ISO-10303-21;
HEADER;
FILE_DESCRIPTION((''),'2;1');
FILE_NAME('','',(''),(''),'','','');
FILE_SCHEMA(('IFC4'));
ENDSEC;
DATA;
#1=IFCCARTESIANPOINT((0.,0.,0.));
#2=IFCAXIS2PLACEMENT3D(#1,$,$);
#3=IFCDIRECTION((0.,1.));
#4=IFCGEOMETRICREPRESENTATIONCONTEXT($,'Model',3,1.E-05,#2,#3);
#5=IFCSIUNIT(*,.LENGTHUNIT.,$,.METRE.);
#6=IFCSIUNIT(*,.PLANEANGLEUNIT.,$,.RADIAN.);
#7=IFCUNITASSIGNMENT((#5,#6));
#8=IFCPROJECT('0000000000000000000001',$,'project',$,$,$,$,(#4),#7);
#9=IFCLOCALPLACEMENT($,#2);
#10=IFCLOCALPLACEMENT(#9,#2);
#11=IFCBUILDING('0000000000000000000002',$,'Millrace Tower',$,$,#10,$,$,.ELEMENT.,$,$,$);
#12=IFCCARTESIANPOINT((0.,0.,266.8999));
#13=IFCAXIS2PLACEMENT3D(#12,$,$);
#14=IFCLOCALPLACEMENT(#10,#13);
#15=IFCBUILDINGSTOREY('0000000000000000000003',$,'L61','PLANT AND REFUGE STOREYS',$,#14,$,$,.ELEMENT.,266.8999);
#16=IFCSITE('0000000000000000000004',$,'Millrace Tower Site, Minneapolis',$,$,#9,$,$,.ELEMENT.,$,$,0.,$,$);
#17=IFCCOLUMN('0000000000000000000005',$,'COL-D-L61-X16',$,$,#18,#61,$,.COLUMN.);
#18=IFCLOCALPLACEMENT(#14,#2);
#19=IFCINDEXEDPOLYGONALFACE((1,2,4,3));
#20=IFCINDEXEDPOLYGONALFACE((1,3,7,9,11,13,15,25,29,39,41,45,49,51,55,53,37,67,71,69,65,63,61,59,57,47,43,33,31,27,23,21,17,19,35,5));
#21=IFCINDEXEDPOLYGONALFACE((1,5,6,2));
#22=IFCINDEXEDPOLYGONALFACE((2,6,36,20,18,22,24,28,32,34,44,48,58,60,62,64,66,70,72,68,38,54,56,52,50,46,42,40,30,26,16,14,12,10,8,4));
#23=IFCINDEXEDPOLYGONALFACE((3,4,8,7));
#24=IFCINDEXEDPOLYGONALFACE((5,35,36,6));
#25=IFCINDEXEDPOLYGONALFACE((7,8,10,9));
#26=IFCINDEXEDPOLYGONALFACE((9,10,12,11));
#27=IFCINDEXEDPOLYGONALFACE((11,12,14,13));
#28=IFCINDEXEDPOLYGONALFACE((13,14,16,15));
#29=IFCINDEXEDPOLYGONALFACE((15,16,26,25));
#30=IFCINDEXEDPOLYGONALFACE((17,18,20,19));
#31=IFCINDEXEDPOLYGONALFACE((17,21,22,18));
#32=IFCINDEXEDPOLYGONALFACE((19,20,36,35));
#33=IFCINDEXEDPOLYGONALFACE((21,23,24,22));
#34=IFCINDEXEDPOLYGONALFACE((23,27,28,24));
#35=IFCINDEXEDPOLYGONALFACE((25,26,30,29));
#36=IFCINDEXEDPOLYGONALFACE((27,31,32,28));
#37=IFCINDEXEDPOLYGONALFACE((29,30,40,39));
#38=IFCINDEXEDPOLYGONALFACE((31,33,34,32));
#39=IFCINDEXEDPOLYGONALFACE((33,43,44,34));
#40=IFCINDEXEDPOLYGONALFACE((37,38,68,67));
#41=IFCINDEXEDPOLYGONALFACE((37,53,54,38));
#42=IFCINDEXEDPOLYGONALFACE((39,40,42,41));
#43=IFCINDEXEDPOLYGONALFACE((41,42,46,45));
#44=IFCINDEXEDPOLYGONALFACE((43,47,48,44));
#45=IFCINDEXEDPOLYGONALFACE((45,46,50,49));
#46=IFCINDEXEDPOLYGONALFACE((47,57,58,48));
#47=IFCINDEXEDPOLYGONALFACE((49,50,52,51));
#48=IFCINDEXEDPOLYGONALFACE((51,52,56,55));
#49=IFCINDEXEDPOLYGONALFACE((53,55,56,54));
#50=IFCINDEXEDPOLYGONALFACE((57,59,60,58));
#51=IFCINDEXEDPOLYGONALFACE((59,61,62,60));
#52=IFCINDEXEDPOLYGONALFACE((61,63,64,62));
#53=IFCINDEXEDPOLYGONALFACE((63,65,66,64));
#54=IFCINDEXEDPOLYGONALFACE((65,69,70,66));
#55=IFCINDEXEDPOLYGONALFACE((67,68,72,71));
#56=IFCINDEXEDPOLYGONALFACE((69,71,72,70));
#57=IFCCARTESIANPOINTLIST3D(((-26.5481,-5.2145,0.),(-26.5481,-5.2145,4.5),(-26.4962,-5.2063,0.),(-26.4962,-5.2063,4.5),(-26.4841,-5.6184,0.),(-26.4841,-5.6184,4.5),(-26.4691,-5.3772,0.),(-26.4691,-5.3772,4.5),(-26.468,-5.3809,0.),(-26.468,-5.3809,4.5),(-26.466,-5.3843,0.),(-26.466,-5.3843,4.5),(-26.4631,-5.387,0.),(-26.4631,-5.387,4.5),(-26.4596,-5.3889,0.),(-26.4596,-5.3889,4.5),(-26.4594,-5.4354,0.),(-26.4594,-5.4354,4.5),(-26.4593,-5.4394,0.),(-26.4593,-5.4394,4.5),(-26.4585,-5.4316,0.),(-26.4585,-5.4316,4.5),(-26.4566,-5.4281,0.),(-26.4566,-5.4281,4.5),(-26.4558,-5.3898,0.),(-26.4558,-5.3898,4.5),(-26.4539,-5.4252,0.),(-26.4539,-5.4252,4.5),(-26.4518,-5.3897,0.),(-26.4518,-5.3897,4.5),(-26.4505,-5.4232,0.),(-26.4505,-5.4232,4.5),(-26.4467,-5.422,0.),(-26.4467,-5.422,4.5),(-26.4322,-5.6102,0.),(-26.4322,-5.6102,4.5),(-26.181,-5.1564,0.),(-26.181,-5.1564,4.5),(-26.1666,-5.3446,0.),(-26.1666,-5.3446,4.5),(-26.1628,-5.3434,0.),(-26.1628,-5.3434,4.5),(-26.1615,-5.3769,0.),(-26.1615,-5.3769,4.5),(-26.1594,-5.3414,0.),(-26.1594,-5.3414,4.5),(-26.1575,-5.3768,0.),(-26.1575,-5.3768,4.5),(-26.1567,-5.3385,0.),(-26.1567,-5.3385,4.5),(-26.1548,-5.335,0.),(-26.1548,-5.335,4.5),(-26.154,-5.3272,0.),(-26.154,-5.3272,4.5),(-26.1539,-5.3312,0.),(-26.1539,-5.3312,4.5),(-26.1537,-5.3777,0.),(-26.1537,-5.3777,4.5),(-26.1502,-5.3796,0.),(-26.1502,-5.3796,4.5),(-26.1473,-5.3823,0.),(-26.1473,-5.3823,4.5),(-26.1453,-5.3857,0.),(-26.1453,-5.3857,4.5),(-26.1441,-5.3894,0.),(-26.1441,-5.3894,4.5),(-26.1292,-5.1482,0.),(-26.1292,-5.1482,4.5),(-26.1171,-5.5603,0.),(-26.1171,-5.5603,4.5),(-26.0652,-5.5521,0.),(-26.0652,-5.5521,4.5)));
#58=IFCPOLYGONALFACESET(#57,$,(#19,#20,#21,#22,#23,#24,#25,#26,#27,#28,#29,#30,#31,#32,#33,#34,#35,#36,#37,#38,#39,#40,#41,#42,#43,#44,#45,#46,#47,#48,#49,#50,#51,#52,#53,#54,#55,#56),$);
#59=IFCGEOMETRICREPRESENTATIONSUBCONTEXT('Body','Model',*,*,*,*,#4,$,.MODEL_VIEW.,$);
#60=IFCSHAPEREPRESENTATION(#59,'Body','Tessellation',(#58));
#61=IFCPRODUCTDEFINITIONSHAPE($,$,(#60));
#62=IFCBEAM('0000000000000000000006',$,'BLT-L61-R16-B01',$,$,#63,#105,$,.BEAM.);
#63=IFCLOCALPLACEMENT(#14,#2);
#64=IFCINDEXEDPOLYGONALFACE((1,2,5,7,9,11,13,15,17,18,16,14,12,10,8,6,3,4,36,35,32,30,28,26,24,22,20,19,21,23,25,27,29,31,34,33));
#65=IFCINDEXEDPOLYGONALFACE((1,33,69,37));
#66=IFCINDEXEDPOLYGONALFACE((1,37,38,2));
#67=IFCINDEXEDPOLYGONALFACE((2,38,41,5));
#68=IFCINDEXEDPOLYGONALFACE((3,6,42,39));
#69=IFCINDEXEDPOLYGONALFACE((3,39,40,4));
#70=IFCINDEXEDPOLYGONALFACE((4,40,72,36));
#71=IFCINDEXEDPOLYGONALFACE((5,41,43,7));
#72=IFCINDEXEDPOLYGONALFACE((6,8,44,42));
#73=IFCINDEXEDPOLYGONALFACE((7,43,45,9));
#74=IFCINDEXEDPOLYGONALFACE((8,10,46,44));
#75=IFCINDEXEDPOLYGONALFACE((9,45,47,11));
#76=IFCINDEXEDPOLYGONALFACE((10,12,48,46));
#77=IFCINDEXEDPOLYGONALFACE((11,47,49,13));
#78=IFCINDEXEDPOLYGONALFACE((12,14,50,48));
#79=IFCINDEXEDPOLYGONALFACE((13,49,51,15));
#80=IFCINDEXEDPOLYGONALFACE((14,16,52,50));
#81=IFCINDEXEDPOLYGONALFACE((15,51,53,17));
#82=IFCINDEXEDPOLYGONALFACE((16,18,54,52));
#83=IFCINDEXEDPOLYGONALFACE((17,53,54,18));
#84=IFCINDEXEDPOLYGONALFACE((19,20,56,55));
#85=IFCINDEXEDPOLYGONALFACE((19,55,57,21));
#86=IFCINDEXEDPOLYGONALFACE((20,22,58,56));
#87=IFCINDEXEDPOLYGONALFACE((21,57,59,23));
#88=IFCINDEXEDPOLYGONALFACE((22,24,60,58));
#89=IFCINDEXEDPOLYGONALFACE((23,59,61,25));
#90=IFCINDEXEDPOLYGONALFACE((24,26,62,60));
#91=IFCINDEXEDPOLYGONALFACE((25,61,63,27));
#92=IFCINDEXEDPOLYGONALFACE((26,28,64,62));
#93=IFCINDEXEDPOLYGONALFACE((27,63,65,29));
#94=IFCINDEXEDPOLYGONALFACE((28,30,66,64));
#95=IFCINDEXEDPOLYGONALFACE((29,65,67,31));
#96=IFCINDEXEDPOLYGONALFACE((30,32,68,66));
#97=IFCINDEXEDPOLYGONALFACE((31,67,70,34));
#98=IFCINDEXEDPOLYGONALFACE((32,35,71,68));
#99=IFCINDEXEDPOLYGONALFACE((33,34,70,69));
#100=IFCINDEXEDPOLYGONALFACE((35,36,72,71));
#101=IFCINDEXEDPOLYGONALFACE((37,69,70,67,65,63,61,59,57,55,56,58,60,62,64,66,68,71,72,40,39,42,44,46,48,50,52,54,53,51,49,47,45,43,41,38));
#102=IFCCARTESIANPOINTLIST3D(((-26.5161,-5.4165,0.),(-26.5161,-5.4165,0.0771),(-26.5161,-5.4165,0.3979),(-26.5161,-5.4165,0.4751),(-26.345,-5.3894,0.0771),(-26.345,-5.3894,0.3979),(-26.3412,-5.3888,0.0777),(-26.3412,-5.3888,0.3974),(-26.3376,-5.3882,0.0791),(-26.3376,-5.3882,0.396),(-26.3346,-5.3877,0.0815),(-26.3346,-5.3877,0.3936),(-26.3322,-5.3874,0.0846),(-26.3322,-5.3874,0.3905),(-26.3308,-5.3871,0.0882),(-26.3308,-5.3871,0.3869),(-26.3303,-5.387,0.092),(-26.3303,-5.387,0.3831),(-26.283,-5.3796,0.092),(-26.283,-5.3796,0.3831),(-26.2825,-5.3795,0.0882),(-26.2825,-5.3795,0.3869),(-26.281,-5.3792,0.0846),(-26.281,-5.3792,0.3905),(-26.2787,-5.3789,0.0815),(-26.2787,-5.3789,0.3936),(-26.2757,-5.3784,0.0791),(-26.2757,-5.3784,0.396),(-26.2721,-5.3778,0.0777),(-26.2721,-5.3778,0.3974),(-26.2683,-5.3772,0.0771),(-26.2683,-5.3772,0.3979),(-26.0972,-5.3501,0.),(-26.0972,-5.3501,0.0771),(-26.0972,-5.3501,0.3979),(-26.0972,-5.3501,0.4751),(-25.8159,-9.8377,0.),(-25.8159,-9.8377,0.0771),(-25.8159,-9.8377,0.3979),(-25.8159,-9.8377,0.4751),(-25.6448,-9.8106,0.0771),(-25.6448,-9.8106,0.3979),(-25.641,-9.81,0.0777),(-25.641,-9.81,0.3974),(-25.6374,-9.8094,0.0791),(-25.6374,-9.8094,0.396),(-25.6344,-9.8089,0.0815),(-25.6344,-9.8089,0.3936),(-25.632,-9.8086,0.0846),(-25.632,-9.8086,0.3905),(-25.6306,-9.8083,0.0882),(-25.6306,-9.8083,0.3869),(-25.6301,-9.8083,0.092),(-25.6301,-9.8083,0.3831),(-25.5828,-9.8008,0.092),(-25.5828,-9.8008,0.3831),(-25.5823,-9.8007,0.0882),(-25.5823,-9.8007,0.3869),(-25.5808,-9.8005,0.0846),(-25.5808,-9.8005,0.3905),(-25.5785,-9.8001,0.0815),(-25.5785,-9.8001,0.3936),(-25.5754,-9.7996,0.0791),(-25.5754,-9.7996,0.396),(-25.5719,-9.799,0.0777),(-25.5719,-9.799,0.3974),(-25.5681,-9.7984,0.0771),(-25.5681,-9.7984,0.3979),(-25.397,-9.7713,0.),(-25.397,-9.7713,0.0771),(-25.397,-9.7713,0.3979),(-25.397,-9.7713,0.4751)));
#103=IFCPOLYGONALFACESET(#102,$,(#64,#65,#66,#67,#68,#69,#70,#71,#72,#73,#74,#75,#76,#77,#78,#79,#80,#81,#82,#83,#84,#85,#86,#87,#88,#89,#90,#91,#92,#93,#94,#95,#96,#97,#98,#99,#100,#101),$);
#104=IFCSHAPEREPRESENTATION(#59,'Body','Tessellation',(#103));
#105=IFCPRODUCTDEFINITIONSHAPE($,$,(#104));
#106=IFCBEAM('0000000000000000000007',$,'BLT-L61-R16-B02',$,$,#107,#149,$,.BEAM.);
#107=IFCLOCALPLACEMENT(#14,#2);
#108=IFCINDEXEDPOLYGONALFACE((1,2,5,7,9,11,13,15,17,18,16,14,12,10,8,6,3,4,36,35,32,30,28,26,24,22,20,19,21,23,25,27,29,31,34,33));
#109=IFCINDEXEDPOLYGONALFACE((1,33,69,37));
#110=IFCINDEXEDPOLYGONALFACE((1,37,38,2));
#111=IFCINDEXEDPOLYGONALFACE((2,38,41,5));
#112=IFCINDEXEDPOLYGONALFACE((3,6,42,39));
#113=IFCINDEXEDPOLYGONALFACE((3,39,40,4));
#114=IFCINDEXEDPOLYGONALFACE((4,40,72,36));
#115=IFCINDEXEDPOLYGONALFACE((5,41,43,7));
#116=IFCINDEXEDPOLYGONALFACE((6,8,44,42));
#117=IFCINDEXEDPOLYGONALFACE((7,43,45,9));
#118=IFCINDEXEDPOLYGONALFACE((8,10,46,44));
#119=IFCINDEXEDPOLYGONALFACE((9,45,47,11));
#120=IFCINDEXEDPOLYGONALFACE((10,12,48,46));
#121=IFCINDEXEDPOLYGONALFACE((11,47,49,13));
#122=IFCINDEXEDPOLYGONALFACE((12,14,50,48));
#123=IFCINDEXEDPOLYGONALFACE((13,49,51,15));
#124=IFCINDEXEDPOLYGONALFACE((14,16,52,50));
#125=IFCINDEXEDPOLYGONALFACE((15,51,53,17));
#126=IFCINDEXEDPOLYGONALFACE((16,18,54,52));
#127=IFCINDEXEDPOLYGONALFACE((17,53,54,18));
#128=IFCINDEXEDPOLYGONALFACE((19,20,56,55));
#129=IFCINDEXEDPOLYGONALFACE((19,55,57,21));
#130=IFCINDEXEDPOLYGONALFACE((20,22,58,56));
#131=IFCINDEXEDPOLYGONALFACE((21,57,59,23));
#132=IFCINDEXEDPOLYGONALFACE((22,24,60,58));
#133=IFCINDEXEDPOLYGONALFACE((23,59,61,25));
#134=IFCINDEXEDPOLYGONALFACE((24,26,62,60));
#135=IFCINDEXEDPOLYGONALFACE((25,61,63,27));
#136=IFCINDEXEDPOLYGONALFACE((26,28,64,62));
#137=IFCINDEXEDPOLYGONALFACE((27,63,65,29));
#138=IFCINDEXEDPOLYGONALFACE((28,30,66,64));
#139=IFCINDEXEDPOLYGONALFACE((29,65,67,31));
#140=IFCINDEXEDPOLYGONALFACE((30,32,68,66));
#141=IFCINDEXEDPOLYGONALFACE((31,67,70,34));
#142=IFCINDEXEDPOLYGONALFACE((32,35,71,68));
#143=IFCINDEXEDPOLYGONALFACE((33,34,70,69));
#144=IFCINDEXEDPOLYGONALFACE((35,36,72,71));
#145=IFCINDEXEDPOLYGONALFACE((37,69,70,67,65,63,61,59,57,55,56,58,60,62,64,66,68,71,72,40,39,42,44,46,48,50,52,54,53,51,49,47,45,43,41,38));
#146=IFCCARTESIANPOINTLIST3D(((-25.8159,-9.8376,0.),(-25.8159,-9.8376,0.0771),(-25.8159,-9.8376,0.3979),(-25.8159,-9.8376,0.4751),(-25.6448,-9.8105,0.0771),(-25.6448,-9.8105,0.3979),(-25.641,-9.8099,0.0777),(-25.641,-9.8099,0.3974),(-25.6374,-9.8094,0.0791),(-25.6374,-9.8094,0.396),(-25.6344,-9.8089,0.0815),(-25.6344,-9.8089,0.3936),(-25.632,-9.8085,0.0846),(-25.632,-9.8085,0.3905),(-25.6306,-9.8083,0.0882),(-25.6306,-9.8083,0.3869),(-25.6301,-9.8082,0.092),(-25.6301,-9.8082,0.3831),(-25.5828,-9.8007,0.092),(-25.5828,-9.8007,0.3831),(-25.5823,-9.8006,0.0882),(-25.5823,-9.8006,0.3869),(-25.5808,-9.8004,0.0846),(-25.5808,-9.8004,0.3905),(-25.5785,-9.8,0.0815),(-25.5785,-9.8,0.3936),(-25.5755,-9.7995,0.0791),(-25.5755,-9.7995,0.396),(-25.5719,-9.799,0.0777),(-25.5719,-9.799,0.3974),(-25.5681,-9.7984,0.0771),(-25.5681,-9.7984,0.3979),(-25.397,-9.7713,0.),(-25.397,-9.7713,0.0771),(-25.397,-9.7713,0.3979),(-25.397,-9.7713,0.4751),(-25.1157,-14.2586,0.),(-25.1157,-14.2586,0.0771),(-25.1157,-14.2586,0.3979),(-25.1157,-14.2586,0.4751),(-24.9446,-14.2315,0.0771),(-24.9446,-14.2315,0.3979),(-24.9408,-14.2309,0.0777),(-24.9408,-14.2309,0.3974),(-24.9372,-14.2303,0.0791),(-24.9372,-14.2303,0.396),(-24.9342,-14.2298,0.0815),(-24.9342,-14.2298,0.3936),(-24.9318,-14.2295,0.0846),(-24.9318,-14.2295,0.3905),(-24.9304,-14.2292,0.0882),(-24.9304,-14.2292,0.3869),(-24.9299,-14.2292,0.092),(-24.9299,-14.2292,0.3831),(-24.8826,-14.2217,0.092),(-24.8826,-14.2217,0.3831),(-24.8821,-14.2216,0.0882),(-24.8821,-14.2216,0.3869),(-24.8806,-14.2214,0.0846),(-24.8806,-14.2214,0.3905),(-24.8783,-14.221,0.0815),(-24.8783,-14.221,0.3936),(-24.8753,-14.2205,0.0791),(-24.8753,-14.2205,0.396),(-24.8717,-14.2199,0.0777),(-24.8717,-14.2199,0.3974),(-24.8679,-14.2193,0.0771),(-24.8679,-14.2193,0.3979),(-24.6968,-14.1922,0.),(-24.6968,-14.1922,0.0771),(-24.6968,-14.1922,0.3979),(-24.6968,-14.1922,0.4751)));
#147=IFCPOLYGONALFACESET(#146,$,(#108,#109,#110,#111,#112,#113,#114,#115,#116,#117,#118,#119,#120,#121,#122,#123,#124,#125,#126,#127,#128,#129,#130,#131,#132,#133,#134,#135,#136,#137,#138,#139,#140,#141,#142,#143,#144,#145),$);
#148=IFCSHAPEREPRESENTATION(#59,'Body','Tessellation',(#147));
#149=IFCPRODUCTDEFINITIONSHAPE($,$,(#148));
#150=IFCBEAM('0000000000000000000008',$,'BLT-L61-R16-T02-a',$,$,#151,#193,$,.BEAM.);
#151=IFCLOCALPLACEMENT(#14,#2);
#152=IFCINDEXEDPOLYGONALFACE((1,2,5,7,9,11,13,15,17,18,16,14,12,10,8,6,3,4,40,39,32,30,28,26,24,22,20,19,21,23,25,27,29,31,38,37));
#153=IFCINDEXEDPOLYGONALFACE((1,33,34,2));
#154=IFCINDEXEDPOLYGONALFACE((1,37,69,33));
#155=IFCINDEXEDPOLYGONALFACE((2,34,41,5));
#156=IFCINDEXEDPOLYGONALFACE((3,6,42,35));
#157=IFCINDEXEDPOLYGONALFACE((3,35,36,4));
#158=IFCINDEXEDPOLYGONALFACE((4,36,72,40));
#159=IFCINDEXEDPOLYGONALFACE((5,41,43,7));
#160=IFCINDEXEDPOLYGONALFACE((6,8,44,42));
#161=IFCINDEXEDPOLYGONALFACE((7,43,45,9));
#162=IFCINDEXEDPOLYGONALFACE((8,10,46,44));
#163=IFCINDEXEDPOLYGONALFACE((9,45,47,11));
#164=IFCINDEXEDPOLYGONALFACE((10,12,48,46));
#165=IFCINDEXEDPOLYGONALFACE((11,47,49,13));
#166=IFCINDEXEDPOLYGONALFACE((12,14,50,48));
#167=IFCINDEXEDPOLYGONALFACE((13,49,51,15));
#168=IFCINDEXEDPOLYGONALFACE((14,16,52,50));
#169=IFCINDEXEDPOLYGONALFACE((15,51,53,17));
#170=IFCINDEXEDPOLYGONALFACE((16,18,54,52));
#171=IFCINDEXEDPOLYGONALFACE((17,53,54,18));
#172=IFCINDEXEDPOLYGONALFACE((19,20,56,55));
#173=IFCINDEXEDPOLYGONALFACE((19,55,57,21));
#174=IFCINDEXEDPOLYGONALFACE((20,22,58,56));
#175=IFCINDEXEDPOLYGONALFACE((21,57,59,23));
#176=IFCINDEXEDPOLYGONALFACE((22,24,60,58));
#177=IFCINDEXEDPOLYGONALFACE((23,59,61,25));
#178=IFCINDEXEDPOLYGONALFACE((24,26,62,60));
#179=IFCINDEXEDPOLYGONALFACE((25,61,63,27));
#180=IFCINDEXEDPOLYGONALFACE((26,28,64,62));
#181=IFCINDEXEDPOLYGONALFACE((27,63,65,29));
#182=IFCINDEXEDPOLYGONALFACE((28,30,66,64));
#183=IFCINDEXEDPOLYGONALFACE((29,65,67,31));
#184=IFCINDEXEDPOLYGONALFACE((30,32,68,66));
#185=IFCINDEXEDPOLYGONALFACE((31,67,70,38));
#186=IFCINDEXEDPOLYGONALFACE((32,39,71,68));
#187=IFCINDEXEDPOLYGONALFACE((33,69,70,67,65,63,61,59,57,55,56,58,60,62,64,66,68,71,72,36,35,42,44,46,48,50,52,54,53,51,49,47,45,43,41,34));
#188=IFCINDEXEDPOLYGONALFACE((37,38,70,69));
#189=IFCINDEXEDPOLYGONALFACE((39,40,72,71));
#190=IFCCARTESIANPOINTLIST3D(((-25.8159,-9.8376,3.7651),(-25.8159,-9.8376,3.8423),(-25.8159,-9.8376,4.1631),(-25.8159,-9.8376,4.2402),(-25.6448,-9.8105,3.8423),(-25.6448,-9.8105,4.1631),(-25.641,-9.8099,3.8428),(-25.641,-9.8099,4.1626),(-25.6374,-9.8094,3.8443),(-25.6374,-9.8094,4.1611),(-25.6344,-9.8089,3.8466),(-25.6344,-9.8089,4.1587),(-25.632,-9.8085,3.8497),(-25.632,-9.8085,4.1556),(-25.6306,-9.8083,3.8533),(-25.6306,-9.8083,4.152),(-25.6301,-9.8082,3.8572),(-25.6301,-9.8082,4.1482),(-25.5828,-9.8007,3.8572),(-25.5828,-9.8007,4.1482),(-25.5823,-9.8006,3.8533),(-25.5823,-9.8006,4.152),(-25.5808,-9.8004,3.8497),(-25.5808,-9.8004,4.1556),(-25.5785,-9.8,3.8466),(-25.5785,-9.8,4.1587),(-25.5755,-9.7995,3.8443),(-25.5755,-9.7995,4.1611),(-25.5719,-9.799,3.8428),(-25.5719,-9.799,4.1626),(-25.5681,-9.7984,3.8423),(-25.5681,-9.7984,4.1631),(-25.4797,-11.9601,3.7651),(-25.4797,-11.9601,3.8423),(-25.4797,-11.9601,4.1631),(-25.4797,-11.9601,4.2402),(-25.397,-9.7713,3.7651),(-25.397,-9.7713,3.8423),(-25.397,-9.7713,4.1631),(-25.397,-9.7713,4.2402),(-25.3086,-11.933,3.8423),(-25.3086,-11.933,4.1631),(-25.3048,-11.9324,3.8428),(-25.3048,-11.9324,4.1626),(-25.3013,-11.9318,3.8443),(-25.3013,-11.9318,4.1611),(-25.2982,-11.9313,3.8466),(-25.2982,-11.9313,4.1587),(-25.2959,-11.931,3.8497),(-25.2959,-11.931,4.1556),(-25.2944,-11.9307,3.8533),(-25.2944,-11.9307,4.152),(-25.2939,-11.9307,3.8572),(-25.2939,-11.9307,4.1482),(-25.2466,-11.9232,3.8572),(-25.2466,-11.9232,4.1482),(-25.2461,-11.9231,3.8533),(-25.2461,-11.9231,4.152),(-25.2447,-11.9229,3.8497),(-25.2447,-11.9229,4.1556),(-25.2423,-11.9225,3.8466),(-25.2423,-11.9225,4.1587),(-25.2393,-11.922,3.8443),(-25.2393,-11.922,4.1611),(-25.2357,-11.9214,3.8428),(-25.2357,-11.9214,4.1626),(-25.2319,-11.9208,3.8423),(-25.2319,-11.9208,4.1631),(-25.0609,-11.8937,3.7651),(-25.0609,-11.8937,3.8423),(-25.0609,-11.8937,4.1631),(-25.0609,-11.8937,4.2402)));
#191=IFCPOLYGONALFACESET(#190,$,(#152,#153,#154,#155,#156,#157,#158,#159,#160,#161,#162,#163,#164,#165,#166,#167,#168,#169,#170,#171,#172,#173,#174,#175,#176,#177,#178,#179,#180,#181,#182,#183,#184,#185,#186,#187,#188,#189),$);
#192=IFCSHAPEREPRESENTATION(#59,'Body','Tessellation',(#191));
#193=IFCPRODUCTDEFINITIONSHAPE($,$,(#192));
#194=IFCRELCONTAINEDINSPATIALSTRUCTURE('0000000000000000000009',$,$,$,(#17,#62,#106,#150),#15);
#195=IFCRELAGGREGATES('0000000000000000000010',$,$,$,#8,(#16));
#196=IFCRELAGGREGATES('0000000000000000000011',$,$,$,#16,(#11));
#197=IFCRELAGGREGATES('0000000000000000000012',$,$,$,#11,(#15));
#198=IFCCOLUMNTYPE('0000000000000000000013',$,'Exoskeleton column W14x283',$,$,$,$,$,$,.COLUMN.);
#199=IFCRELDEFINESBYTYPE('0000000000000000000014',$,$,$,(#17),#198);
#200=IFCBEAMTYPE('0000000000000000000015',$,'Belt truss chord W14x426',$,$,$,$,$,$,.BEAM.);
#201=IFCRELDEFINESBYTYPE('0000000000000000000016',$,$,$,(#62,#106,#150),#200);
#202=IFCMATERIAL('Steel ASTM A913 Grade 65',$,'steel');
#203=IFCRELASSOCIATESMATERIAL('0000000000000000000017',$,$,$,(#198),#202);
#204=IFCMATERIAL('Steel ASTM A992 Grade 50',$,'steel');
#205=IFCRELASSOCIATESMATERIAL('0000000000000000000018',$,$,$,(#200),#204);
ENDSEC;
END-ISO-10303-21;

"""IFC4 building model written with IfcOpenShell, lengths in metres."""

from ifc_helpers import new_model, si_unit, direction, frame, origin, origin_2d, place, context, subcontext, project, spatial, i_section, extrude, material, material_profile, profile_set, type_object, element, save


model = new_model("IFC4")

# Units and contexts
model_context = context("Model", 3, precision=1e-05, world=origin(), true_north=direction((0.0, 1.0)))
body_context = subcontext(model_context, "Body", "Model", "MODEL_VIEW")
ifc_project = project(units=[si_unit("LENGTHUNIT", "METRE"), si_unit("PLANEANGLEUNIT", "RADIAN")], contexts=[model_context])

# Site, building, storey
site_placement = place(None, origin())
site = spatial("IfcSite", under=ifc_project, at=site_placement, Name="Millrace Tower Site, Minneapolis", CompositionType="ELEMENT", RefElevation=0.0)
building_placement = place(site_placement, origin())
building = spatial("IfcBuilding", under=site, at=building_placement, Name="Millrace Tower", CompositionType="ELEMENT")
storey_placement = place(building_placement, frame((0.0, 0.0, 266.8999)))
storey = spatial("IfcBuildingStorey", under=building, at=storey_placement, Name="L61", Description="PLANT AND REFUGE STOREYS", CompositionType="ELEMENT", Elevation=266.8999)

# Column
ifc_material_1 = material(Name="Steel ASTM A913 Grade 65", Category="steel")
ifc_material_profile_1 = material_profile(ifc_material_1, i_section(OverallWidth=0.4089, OverallDepth=0.4241, WebThickness=0.0327, FlangeThickness=0.0525, FilletRadius=0.0151, at=origin_2d()))
ifc_profile_set_1 = profile_set([ifc_material_profile_1], Name="Steel ASTM A913 Grade 65")
column_type = type_object("IfcColumnType", Name="Exoskeleton column W14x283", PredefinedType="COLUMN", material=ifc_profile_set_1)
column_placement = place(storey_placement, frame((-26.3066, -5.3833, 0.0), z_axis=(0.0, 0.0, 1.0), x_axis=(0.156434, -0.987688, 0.0)))
element("IfcColumn", 1, at=column_placement, inside=storey, type_object=column_type, Name="COL-D-L61-X16", PredefinedType="COLUMN", context=body_context, shape_type="SweptSolid", body=[
    extrude(i_section(OverallWidth=0.4089, OverallDepth=0.4241, WebThickness=0.0327, FlangeThickness=0.0525, FilletRadius=0.0151, at=origin_2d()), origin(), (0.0, 0.0, 1.0), 4.5),
])

# Beams
ifc_material_2 = material(Name="Steel ASTM A992 Grade 50", Category="steel")
ifc_material_profile_2 = material_profile(ifc_material_2, i_section(OverallWidth=0.4241, OverallDepth=0.4751, WebThickness=0.0479, FlangeThickness=0.0771, FilletRadius=0.0149, at=origin_2d()))
ifc_profile_set_2 = profile_set([ifc_material_profile_2], Name="Steel ASTM A992 Grade 50")
beam_type_1 = type_object("IfcBeamType", Name="Belt truss chord W14x426", PredefinedType="BEAM", material=ifc_profile_set_2)
beam_1_placement = place(storey_placement, frame((-26.3066, -5.3833, 0.2375), z_axis=(0.156425, -0.98769, 0.0), x_axis=(0.98769, 0.156425, 0.0)))
element("IfcBeam", 2, at=beam_1_placement, inside=storey, type_object=beam_type_1, Name="BLT-L61-R16-B01", PredefinedType="BEAM", context=body_context, shape_type="SweptSolid", body=[
    extrude(i_section(OverallWidth=0.4241, OverallDepth=0.4751, WebThickness=0.0479, FlangeThickness=0.0771, FilletRadius=0.0149, at=origin_2d()), origin(), (0.0, 0.0, 1.0), 4.4763),
])
beam_2_placement = place(storey_placement, frame((-25.6064, -9.8044, 0.2375), z_axis=(0.156433, -0.987689, 0.0), x_axis=(0.987689, 0.156433, 0.0)))
element("IfcBeam", 3, at=beam_2_placement, inside=storey, type_object=beam_type_1, Name="BLT-L61-R16-B02", PredefinedType="BEAM", context=body_context, shape_type="SweptSolid", body=[
    extrude(i_section(OverallWidth=0.4241, OverallDepth=0.4751, WebThickness=0.0479, FlangeThickness=0.0771, FilletRadius=0.0149, at=origin_2d()), origin(), (0.0, 0.0, 1.0), 4.4761),
])
beam_3_placement = place(storey_placement, frame((-25.6064, -9.8044, 4.0027), z_axis=(0.156435, -0.987688, 0.0), x_axis=(0.987688, 0.156435, 0.0)))
element("IfcBeam", 4, at=beam_3_placement, inside=storey, type_object=beam_type_1, Name="BLT-L61-R16-T02-a", PredefinedType="BEAM", context=body_context, shape_type="SweptSolid", body=[
    extrude(i_section(OverallWidth=0.4241, OverallDepth=0.4751, WebThickness=0.0479, FlangeThickness=0.0771, FilletRadius=0.0149, at=origin_2d()), origin(), (0.0, 0.0, 1.0), 2.1489),
])

save(model, "model.ifc")
